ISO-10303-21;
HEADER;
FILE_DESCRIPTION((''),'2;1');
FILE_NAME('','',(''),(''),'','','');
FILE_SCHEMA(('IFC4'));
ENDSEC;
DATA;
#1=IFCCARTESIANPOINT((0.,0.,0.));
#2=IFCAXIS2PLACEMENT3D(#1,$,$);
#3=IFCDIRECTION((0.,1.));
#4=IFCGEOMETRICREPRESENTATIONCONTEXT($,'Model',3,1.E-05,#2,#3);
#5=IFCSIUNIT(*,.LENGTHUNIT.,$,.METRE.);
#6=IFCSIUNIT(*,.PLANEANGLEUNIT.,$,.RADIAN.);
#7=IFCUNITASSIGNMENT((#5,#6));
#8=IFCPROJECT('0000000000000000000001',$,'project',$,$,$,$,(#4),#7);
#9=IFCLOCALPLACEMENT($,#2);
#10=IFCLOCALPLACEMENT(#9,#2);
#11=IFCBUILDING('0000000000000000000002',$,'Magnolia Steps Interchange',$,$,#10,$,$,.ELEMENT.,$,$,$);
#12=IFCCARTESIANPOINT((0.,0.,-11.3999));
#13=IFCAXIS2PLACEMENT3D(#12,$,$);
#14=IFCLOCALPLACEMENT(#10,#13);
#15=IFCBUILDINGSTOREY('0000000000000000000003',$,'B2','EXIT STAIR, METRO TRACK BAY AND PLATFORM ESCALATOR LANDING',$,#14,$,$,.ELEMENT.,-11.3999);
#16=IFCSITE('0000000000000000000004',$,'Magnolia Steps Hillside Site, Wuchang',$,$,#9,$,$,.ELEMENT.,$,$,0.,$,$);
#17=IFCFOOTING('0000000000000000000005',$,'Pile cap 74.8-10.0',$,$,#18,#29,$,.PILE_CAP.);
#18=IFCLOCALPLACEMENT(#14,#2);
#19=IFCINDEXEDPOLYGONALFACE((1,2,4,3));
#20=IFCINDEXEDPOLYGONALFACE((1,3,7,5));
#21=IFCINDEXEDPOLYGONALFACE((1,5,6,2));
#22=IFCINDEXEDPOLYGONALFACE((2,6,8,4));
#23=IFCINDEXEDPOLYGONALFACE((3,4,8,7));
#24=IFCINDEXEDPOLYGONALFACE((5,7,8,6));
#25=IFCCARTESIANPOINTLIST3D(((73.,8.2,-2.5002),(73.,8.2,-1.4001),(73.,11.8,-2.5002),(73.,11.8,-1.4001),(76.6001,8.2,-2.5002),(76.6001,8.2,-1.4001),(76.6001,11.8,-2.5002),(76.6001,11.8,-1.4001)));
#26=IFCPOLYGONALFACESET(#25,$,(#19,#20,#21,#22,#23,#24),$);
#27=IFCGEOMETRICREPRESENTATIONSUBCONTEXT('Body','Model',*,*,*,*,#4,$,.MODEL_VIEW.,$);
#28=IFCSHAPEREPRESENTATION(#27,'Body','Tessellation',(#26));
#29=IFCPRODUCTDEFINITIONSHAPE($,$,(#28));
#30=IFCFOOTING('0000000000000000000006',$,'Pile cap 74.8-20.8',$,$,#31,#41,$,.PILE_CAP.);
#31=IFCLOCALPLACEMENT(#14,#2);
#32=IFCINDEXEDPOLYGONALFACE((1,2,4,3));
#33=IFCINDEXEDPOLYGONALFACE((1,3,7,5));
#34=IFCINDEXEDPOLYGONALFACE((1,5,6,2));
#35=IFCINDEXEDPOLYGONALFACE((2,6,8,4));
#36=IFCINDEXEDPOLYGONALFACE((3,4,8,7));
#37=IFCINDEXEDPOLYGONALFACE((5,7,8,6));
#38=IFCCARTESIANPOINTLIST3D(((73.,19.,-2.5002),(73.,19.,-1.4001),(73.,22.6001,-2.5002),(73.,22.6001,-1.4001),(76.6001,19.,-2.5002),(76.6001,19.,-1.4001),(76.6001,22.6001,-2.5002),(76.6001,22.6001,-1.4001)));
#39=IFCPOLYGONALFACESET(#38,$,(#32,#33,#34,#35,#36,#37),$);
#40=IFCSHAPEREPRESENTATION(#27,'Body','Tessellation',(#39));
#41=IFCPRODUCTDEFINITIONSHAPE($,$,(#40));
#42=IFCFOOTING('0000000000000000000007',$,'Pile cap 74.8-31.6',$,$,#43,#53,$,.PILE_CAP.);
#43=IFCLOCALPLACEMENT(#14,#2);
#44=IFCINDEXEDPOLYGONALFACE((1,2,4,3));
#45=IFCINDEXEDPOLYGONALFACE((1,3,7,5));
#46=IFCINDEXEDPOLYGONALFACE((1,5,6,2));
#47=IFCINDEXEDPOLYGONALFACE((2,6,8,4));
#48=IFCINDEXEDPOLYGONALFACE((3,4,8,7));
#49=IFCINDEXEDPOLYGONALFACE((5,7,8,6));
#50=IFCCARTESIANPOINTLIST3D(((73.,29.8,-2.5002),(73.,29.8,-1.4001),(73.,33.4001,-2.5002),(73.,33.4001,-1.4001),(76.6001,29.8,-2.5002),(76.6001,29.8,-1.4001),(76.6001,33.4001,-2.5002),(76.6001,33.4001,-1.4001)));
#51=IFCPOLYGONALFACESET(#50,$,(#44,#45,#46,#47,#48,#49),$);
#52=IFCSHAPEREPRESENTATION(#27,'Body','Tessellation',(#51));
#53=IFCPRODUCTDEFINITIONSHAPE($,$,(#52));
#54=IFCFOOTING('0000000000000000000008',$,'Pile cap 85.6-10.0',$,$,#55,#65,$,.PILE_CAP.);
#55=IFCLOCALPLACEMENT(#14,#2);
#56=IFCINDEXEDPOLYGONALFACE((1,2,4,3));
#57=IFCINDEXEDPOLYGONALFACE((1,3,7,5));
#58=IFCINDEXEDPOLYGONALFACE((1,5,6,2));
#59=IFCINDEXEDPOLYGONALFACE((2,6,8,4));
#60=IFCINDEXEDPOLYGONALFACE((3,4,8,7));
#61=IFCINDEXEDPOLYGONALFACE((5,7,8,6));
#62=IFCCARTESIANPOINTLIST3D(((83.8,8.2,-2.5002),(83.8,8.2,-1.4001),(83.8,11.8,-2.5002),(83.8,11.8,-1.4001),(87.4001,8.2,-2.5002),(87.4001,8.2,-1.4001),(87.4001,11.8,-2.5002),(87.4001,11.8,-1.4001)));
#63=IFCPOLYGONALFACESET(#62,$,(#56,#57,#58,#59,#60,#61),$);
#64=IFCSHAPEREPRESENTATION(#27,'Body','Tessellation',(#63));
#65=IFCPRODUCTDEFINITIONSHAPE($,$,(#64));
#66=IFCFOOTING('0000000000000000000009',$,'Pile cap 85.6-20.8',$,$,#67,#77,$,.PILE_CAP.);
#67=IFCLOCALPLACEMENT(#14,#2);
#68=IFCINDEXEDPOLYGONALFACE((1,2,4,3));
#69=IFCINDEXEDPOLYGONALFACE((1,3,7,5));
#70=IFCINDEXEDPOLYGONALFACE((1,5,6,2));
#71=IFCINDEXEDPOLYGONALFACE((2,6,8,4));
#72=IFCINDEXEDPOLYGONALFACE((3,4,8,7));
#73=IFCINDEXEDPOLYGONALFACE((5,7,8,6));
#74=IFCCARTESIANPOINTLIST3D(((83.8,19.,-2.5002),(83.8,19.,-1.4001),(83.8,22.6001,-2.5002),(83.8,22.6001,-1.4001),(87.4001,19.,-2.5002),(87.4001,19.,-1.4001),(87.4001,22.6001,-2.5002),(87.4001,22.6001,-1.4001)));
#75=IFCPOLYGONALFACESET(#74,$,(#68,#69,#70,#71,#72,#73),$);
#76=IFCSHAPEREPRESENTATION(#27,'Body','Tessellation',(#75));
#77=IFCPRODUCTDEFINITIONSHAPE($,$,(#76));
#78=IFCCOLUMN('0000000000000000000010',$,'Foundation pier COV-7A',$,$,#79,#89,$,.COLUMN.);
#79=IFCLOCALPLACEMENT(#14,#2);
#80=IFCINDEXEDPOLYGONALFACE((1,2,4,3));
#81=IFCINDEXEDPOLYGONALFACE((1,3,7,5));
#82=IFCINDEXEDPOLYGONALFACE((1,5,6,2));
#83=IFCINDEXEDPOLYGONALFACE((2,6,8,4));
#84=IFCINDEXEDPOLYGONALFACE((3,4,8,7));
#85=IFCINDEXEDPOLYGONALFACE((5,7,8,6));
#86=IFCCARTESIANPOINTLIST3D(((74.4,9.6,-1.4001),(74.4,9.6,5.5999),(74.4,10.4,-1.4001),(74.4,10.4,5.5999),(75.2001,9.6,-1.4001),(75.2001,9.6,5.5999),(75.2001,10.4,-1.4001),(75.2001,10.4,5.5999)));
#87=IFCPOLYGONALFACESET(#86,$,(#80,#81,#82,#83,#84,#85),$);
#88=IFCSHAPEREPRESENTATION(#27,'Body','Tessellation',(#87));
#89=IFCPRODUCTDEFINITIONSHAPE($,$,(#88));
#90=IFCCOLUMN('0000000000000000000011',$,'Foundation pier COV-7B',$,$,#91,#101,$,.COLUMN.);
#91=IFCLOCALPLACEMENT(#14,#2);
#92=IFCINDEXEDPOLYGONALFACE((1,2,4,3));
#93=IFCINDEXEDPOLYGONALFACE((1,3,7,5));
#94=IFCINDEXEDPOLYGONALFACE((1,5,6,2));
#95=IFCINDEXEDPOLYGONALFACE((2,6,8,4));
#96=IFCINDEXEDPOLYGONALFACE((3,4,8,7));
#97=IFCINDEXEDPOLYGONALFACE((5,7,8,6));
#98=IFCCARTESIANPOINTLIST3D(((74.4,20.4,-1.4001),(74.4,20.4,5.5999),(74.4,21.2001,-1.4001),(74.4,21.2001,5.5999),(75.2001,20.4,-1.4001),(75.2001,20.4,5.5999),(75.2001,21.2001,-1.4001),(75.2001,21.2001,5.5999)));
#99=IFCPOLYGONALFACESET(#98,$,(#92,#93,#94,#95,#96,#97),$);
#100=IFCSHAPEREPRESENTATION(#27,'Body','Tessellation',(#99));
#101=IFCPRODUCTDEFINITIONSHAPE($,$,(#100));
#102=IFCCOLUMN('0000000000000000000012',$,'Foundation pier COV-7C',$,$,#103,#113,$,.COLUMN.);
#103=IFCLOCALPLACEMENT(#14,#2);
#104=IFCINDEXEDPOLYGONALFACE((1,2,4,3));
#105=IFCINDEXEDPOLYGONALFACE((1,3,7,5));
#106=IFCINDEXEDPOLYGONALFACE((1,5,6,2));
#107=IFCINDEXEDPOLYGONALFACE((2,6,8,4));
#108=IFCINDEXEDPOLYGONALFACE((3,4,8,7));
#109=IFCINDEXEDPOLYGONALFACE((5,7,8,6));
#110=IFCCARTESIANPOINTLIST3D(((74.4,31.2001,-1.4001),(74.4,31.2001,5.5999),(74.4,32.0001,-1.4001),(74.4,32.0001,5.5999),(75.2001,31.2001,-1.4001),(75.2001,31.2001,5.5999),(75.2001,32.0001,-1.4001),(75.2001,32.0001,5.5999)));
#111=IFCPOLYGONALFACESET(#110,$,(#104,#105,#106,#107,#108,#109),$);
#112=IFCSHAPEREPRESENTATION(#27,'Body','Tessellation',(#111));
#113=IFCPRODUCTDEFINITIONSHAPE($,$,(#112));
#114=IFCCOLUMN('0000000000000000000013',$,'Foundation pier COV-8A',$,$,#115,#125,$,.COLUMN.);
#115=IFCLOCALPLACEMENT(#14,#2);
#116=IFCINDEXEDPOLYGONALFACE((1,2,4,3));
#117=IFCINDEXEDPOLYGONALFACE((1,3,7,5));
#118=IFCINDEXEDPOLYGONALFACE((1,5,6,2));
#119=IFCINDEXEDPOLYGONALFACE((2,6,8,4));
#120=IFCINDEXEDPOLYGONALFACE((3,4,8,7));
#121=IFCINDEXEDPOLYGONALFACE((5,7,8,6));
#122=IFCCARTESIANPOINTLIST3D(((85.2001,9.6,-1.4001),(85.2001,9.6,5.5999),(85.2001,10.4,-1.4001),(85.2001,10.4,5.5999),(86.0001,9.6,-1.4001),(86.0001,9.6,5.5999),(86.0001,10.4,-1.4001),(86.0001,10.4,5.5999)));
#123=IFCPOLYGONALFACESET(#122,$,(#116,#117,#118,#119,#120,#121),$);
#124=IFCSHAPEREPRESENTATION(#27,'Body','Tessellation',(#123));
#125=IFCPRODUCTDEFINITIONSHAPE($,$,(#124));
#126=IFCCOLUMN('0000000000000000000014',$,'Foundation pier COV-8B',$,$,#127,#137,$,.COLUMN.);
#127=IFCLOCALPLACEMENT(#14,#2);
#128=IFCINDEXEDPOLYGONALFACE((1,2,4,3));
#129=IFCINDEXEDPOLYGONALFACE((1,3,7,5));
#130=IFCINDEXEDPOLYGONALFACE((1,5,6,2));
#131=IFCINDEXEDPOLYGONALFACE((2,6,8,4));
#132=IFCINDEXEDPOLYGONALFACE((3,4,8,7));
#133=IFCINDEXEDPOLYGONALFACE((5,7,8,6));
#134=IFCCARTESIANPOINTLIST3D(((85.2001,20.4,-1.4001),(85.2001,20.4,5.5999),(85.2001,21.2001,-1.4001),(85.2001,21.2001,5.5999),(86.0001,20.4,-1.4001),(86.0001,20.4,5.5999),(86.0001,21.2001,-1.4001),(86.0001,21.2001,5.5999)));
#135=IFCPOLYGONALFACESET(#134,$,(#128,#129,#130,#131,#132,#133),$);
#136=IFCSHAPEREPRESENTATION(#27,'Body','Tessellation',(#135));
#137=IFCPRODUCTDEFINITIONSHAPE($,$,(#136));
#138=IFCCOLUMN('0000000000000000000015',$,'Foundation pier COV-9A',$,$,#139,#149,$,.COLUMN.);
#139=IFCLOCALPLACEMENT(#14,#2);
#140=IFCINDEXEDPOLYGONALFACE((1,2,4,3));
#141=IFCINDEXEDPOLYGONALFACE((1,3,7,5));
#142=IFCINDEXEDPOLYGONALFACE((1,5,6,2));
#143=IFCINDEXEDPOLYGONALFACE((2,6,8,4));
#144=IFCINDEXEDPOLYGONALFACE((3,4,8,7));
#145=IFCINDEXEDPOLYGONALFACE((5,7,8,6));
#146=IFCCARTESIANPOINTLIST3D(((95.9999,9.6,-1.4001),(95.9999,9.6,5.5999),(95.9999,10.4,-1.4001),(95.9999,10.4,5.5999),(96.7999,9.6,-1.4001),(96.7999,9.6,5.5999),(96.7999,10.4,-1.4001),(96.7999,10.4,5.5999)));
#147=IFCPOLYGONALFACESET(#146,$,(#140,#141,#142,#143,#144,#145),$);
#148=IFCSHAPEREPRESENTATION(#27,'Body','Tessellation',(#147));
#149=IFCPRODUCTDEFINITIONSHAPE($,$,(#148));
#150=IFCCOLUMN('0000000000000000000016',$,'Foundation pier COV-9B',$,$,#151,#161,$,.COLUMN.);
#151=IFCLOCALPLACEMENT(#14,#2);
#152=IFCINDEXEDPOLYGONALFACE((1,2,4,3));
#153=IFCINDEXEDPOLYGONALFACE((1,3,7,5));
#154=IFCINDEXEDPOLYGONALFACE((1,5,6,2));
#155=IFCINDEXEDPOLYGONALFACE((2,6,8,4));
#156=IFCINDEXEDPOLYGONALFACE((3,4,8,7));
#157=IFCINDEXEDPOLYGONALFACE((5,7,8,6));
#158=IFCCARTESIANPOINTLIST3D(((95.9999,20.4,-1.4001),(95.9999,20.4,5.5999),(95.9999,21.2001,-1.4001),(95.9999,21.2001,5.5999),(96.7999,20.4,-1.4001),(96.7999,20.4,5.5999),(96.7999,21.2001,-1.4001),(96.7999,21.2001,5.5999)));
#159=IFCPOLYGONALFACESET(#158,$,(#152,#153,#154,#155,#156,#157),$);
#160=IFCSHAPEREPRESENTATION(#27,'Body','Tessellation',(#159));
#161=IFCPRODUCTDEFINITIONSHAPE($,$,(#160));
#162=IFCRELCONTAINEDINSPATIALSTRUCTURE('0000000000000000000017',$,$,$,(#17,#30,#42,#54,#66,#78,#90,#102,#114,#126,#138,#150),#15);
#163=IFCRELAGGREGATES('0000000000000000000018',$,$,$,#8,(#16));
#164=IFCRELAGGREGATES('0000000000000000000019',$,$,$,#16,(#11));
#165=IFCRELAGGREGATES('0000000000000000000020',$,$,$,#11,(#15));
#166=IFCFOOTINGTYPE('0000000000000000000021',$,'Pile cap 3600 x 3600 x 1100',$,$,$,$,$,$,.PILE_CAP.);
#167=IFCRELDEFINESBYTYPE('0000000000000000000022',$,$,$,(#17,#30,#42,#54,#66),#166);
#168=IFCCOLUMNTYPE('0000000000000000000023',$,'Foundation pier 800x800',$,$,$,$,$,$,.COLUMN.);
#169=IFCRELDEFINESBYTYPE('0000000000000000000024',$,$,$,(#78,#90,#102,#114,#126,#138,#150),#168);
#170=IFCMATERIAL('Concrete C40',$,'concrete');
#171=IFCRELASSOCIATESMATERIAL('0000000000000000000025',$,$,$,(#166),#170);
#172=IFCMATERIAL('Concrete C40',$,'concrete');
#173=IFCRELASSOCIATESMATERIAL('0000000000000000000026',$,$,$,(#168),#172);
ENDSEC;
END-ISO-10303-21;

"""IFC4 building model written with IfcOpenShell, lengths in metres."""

from ifc_helpers import new_model, si_unit, direction, frame, origin, origin_2d, place, context, subcontext, project, spatial, rectangle, extrude, material, material_profile, profile_set, type_object, element, save


model = new_model("IFC4")

# Units and contexts
model_context = context("Model", 3, precision=1e-05, world=origin(), true_north=direction((0.0, 1.0)))
body_context = subcontext(model_context, "Body", "Model", "MODEL_VIEW")
ifc_project = project(units=[si_unit("LENGTHUNIT", "METRE"), si_unit("PLANEANGLEUNIT", "RADIAN")], contexts=[model_context])

# Site, building, storey
site_placement = place(None, origin())
site = spatial("IfcSite", under=ifc_project, at=site_placement, Name="Magnolia Steps Hillside Site, Wuchang", CompositionType="ELEMENT", RefElevation=0.0)
building_placement = place(site_placement, origin())
building = spatial("IfcBuilding", under=site, at=building_placement, Name="Magnolia Steps Interchange", CompositionType="ELEMENT")
storey_placement = place(building_placement, frame((0.0, 0.0, -11.3999)))
storey = spatial("IfcBuildingStorey", under=building, at=storey_placement, Name="B2", Description="EXIT STAIR, METRO TRACK BAY AND PLATFORM ESCALATOR LANDING", CompositionType="ELEMENT", Elevation=-11.3999)

# Footings
ifc_material_1 = material(Name="Concrete C40", Category="concrete")
footing_type = type_object("IfcFootingType", Name="Pile cap 3600 x 3600 x 1100", PredefinedType="PILE_CAP", material=ifc_material_1)
for number, where, z_axis, x_axis, name in (
    (1, (74.8, 10.0, -2.5002), (0.0, 0.0, 1.0), (1.0, 0.0, 0.0), "Pile cap 74.8-10.0"),
    (2, (74.8, 20.8, -2.5002), (0.0, 0.0, 1.0), (1.0, 0.0, 0.0), "Pile cap 74.8-20.8"),
    (3, (74.8, 31.6001, -2.5002), (0.0, 0.0, 1.0), (1.0, 0.0, 0.0), "Pile cap 74.8-31.6"),
    (4, (85.6001, 10.0, -2.5002), (0.0, 0.0, 1.0), (1.0, 0.0, 0.0), "Pile cap 85.6-10.0"),
    (5, (85.6001, 20.8, -2.5002), (0.0, 0.0, 1.0), (1.0, 0.0, 0.0), "Pile cap 85.6-20.8"),
):
    element("IfcFooting", number, at=place(storey_placement, frame(where, z_axis=z_axis, x_axis=x_axis)), inside=storey, type_object=footing_type, Name=name, PredefinedType="PILE_CAP", context=body_context, shape_type="SweptSolid", body=[
        extrude(rectangle(XDim=3.6001, YDim=3.6001, at=origin_2d()), origin(), (0.0, 0.0, 1.0), 1.1001),
    ])

# Columns
ifc_material_2 = material(Name="Concrete C40", Category="concrete")
ifc_material_profile_1 = material_profile(ifc_material_2, rectangle(XDim=0.8, YDim=0.8, at=origin_2d()), Name="RC800x800")
ifc_profile_set_1 = profile_set([ifc_material_profile_1], Name="Concrete C40")
column_type = type_object("IfcColumnType", Name="Foundation pier 800x800", PredefinedType="COLUMN", material=ifc_profile_set_1)
for number, where, z_axis, x_axis, name in (
    (6, (74.8, 10.0, -1.4001), (0.0, 0.0, 1.0), (1.0, 0.0, 0.0), "Foundation pier COV-7A"),
    (7, (74.8, 20.8, -1.4001), (0.0, 0.0, 1.0), (1.0, 0.0, 0.0), "Foundation pier COV-7B"),
    (8, (74.8, 31.6001, -1.4001), (0.0, 0.0, 1.0), (1.0, 0.0, 0.0), "Foundation pier COV-7C"),
    (9, (85.6001, 10.0, -1.4001), (0.0, 0.0, 1.0), (1.0, 0.0, 0.0), "Foundation pier COV-8A"),
    (10, (85.6001, 20.8, -1.4001), (0.0, 0.0, 1.0), (1.0, 0.0, 0.0), "Foundation pier COV-8B"),
    (11, (96.3999, 10.0, -1.4001), (0.0, 0.0, 1.0), (1.0, 0.0, 0.0), "Foundation pier COV-9A"),
    (12, (96.3999, 20.8, -1.4001), (0.0, 0.0, 1.0), (1.0, 0.0, 0.0), "Foundation pier COV-9B"),
):
    element("IfcColumn", number, at=place(storey_placement, frame(where, z_axis=z_axis, x_axis=x_axis)), inside=storey, type_object=column_type, Name=name, PredefinedType="COLUMN", context=body_context, shape_type="SweptSolid", body=[
        extrude(rectangle(XDim=0.8, YDim=0.8, at=origin_2d()), origin(), (0.0, 0.0, 1.0), 7.0),
    ])

save(model, "model.ifc")
